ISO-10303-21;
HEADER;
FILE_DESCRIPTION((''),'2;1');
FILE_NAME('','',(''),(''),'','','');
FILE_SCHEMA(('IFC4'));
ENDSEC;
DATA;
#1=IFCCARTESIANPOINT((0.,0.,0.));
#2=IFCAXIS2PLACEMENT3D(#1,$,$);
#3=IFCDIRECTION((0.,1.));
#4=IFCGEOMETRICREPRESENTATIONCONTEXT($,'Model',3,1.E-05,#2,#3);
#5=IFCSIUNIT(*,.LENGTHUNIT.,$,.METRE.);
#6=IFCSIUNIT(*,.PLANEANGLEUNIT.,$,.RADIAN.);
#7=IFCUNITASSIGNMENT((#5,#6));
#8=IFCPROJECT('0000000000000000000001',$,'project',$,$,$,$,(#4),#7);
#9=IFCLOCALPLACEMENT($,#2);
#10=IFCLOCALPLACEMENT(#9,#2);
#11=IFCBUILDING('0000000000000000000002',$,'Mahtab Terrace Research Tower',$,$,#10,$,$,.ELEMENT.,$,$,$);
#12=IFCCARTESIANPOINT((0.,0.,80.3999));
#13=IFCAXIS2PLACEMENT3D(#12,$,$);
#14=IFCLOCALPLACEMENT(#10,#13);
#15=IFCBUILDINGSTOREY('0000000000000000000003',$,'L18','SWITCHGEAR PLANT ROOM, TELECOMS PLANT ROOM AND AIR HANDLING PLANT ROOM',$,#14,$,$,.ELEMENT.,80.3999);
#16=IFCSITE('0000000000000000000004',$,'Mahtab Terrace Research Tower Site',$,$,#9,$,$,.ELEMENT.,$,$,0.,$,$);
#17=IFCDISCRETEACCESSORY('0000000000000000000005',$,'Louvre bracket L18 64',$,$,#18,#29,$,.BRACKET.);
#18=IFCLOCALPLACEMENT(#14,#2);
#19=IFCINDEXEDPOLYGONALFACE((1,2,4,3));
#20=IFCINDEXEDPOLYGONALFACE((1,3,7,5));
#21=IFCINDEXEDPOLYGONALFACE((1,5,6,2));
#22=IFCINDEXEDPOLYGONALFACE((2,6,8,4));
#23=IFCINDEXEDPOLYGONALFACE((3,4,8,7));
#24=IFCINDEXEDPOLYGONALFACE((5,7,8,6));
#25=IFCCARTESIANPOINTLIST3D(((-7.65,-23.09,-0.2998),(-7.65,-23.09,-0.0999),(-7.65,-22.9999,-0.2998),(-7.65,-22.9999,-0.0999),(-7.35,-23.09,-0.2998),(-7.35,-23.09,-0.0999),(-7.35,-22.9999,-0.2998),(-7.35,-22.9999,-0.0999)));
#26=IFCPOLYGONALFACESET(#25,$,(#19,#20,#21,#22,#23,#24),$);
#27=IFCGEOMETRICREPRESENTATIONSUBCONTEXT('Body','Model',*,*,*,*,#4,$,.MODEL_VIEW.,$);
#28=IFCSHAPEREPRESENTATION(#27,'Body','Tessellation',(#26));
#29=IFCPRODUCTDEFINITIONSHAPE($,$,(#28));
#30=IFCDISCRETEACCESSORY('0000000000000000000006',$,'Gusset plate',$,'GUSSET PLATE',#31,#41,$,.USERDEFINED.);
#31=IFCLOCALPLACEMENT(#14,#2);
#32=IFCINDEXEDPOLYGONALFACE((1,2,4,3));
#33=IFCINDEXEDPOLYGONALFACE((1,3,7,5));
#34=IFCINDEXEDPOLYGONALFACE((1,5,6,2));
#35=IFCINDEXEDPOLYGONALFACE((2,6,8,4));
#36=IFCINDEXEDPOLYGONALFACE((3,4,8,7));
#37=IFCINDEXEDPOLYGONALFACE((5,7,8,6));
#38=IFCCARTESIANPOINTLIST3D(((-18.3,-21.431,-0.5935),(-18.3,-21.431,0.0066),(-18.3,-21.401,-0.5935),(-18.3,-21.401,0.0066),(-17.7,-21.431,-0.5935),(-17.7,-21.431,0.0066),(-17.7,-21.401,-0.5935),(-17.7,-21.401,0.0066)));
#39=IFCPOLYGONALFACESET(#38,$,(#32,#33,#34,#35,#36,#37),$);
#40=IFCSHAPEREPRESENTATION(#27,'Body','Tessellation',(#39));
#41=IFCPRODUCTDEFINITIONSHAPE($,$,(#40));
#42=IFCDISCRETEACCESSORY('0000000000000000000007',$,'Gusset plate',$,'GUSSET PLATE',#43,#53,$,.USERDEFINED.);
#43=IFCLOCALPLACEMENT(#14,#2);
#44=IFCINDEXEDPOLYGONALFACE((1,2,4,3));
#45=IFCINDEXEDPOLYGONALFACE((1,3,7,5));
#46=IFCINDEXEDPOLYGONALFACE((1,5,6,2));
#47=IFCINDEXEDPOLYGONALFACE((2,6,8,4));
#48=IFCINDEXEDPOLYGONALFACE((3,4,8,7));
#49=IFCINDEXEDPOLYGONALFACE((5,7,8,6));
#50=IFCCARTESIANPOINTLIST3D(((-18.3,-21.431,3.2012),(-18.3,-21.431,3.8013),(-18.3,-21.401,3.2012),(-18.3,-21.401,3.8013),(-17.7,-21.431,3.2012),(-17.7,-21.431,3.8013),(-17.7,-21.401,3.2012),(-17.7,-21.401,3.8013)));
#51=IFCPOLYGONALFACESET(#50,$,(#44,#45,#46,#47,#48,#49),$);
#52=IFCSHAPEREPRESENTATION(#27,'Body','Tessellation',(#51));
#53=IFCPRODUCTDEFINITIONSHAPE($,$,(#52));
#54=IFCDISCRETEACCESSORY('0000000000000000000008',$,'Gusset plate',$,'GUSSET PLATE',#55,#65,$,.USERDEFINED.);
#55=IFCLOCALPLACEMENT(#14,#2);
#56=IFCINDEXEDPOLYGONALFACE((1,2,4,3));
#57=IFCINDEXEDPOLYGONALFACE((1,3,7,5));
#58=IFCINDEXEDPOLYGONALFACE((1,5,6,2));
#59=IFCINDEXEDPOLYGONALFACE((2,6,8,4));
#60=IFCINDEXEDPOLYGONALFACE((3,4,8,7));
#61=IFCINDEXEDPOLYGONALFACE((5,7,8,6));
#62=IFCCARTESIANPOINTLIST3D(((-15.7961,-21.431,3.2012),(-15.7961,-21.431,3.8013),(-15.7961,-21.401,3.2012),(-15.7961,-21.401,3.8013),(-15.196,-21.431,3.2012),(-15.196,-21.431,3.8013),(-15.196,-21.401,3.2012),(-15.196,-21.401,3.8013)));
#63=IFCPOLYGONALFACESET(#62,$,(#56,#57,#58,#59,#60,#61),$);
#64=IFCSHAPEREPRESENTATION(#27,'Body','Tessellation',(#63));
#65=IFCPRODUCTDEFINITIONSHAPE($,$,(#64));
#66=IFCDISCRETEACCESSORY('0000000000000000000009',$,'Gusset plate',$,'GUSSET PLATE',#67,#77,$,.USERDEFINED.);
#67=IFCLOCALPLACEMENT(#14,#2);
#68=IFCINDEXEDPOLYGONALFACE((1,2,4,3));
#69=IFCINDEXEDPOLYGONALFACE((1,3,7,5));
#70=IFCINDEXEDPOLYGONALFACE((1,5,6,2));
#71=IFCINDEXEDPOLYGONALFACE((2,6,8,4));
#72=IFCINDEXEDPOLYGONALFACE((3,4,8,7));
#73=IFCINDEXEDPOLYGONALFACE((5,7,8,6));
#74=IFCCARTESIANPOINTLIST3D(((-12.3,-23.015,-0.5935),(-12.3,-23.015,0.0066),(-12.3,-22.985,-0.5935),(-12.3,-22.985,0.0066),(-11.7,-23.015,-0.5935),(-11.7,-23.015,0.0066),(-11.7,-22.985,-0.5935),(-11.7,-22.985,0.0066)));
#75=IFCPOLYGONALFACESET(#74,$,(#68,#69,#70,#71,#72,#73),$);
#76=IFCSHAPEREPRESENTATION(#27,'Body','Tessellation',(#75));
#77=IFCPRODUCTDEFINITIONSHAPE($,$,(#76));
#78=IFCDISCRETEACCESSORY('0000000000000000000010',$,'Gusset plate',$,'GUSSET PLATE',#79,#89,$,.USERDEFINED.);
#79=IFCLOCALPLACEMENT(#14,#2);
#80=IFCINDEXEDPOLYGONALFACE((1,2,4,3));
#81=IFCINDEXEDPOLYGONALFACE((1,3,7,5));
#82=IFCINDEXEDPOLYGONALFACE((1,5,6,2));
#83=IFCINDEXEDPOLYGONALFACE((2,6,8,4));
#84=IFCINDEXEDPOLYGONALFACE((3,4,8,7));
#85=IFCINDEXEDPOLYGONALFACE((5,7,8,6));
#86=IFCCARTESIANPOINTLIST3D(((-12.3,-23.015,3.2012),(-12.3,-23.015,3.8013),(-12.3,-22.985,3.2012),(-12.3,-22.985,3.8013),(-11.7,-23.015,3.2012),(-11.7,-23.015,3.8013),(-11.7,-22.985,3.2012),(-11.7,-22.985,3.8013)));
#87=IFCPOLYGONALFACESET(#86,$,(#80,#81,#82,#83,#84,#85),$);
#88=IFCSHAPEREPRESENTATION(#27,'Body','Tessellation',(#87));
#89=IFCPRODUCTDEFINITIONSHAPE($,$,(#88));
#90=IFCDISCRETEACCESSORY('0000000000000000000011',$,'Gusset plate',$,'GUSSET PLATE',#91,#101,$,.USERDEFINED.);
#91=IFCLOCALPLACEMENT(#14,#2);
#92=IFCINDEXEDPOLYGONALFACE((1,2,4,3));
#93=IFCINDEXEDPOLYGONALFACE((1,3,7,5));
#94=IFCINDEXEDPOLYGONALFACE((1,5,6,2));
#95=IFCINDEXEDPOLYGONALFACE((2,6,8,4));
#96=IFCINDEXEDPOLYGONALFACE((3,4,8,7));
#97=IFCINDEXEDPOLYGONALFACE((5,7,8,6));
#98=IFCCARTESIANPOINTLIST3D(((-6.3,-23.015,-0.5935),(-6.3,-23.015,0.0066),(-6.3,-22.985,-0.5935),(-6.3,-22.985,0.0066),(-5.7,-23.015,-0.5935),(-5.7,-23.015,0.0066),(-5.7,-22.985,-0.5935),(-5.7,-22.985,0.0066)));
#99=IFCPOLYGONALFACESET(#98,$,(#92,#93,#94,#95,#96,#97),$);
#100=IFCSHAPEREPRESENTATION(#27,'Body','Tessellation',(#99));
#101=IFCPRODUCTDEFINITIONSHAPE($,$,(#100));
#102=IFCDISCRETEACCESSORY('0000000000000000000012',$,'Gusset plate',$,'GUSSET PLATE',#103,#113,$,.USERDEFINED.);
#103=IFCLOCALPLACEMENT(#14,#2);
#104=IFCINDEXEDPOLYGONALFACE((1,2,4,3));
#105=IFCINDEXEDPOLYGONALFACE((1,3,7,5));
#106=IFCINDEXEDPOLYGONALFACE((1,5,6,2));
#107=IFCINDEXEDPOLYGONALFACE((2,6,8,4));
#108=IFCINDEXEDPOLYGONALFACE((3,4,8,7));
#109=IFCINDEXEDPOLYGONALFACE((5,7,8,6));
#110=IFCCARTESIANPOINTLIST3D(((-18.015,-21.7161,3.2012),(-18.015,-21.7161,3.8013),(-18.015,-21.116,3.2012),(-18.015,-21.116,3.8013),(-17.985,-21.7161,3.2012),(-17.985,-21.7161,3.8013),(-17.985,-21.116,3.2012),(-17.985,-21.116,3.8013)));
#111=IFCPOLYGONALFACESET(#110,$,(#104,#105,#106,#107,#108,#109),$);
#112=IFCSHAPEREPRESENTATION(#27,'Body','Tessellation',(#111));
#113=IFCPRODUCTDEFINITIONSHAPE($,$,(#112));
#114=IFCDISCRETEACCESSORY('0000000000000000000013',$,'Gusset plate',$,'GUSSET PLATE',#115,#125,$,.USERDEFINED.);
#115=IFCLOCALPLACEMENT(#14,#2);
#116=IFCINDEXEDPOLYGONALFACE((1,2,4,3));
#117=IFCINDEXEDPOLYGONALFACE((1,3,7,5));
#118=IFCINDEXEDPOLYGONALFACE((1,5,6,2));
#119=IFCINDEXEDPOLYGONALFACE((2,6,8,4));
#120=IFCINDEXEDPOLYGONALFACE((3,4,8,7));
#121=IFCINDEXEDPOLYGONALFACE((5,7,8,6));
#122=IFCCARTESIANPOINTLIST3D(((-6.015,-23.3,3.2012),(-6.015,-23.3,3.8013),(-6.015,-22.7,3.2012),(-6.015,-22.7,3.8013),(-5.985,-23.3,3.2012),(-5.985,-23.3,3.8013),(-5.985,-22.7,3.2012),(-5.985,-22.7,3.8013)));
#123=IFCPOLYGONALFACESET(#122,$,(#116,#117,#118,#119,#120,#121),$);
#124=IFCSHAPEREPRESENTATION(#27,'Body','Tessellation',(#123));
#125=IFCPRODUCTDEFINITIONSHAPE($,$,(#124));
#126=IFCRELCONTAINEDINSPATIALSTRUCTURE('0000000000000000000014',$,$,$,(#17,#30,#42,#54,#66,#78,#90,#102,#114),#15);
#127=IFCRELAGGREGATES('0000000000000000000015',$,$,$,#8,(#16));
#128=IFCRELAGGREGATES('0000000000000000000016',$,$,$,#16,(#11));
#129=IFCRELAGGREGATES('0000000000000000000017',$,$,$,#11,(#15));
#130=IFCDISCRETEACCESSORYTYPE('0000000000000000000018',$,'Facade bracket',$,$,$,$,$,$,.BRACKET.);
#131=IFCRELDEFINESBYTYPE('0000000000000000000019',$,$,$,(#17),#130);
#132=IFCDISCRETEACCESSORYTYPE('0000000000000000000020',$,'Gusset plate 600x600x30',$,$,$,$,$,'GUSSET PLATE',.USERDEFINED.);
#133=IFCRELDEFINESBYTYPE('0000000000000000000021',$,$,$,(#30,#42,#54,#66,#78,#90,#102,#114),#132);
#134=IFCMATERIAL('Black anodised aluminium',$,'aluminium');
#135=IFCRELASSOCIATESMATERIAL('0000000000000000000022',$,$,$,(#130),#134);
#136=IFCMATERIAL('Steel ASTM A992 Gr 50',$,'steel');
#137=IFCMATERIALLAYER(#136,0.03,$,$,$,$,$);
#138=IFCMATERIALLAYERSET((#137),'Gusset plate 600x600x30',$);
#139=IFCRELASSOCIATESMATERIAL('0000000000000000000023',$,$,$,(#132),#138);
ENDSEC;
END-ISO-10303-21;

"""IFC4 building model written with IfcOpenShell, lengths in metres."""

from ifc_helpers import new_model, si_unit, direction, frame, origin, origin_2d, place, context, subcontext, project, spatial, rectangle, extrude, material, layer, layer_set, type_object, element, save


model = new_model("IFC4")

# Units and contexts
model_context = context("Model", 3, precision=1e-05, world=origin(), true_north=direction((0.0, 1.0)))
body_context = subcontext(model_context, "Body", "Model", "MODEL_VIEW")
ifc_project = project(units=[si_unit("LENGTHUNIT", "METRE"), si_unit("PLANEANGLEUNIT", "RADIAN")], contexts=[model_context])

# Site, building, storey
site_placement = place(None, origin())
site = spatial("IfcSite", under=ifc_project, at=site_placement, Name="Mahtab Terrace Research Tower Site", CompositionType="ELEMENT", RefElevation=0.0)
building_placement = place(site_placement, origin())
building = spatial("IfcBuilding", under=site, at=building_placement, Name="Mahtab Terrace Research Tower", CompositionType="ELEMENT")
storey_placement = place(building_placement, frame((0.0, 0.0, 80.3999)))
storey = spatial("IfcBuildingStorey", under=building, at=storey_placement, Name="L18", Description="SWITCHGEAR PLANT ROOM, TELECOMS PLANT ROOM AND AIR HANDLING PLANT ROOM", CompositionType="ELEMENT", Elevation=80.3999)

# Shared definitions
ifc_material_1 = material(Name="Steel ASTM A992 Gr 50", Category="steel")

# Discrete accessories
ifc_material_2 = material(Name="Black anodised aluminium", Category="aluminium")
discrete_accessory_type_1 = type_object("IfcDiscreteAccessoryType", Name="Facade bracket", PredefinedType="BRACKET", material=ifc_material_2)
for number, where, z_axis, x_axis, name in (
    (1, (-7.5, -23.0449, -0.2998), (0.0, 0.0, 1.0), (1.0, 0.0, 0.0), "Louvre bracket L18 64"),
):
    element("IfcDiscreteAccessory", number, at=place(storey_placement, frame(where, z_axis=z_axis, x_axis=x_axis)), inside=storey, type_object=discrete_accessory_type_1, Name=name, PredefinedType="BRACKET", context=body_context, shape_type="SweptSolid", body=[
        extrude(rectangle(XDim=0.3, YDim=0.0901, at=origin_2d()), origin(), (0.0, 0.0, 1.0), 0.2),
    ])
ifc_layer = layer(ifc_material_1, 0.03)
ifc_layer_set = layer_set([ifc_layer], Name="Gusset plate 600x600x30")
discrete_accessory_type_2 = type_object("IfcDiscreteAccessoryType", Name="Gusset plate 600x600x30", ElementType="GUSSET PLATE", PredefinedType="USERDEFINED", material=ifc_layer_set)
for number, where, z_axis, x_axis, name in (
    (2, (-18.0, -21.416, -0.5935), (0.0, 0.0, 1.0), (1.0, 0.0, 0.0), "Gusset plate"),
    (3, (-18.0, -21.416, 3.2012), (0.0, 0.0, 1.0), (1.0, 0.0, 0.0), "Gusset plate"),
    (4, (-15.4961, -21.416, 3.2012), (0.0, 0.0, 1.0), (1.0, 0.0, 0.0), "Gusset plate"),
    (5, (-12.0, -23.0, -0.5935), (0.0, 0.0, 1.0), (1.0, 0.0, 0.0), "Gusset plate"),
    (6, (-12.0, -23.0, 3.2012), (0.0, 0.0, 1.0), (1.0, 0.0, 0.0), "Gusset plate"),
    (7, (-6.0, -23.0, -0.5935), (0.0, 0.0, 1.0), (1.0, 0.0, 0.0), "Gusset plate"),
    (8, (-18.0, -21.416, 3.2012), (0.0, 0.0, 1.0), (0.0, 1.0, 0.0), "Gusset plate"),
    (9, (-6.0, -23.0, 3.2012), (0.0, 0.0, 1.0), (0.0, 1.0, 0.0), "Gusset plate"),
):
    element("IfcDiscreteAccessory", number, at=place(storey_placement, frame(where, z_axis=z_axis, x_axis=x_axis)), inside=storey, type_object=discrete_accessory_type_2, Name=name, ObjectType="GUSSET PLATE", PredefinedType="USERDEFINED", context=body_context, shape_type="SweptSolid", body=[
        extrude(rectangle(XDim=0.6001, YDim=0.03, at=origin_2d()), origin(), (0.0, 0.0, 1.0), 0.6001),
    ])

save(model, "model.ifc")
